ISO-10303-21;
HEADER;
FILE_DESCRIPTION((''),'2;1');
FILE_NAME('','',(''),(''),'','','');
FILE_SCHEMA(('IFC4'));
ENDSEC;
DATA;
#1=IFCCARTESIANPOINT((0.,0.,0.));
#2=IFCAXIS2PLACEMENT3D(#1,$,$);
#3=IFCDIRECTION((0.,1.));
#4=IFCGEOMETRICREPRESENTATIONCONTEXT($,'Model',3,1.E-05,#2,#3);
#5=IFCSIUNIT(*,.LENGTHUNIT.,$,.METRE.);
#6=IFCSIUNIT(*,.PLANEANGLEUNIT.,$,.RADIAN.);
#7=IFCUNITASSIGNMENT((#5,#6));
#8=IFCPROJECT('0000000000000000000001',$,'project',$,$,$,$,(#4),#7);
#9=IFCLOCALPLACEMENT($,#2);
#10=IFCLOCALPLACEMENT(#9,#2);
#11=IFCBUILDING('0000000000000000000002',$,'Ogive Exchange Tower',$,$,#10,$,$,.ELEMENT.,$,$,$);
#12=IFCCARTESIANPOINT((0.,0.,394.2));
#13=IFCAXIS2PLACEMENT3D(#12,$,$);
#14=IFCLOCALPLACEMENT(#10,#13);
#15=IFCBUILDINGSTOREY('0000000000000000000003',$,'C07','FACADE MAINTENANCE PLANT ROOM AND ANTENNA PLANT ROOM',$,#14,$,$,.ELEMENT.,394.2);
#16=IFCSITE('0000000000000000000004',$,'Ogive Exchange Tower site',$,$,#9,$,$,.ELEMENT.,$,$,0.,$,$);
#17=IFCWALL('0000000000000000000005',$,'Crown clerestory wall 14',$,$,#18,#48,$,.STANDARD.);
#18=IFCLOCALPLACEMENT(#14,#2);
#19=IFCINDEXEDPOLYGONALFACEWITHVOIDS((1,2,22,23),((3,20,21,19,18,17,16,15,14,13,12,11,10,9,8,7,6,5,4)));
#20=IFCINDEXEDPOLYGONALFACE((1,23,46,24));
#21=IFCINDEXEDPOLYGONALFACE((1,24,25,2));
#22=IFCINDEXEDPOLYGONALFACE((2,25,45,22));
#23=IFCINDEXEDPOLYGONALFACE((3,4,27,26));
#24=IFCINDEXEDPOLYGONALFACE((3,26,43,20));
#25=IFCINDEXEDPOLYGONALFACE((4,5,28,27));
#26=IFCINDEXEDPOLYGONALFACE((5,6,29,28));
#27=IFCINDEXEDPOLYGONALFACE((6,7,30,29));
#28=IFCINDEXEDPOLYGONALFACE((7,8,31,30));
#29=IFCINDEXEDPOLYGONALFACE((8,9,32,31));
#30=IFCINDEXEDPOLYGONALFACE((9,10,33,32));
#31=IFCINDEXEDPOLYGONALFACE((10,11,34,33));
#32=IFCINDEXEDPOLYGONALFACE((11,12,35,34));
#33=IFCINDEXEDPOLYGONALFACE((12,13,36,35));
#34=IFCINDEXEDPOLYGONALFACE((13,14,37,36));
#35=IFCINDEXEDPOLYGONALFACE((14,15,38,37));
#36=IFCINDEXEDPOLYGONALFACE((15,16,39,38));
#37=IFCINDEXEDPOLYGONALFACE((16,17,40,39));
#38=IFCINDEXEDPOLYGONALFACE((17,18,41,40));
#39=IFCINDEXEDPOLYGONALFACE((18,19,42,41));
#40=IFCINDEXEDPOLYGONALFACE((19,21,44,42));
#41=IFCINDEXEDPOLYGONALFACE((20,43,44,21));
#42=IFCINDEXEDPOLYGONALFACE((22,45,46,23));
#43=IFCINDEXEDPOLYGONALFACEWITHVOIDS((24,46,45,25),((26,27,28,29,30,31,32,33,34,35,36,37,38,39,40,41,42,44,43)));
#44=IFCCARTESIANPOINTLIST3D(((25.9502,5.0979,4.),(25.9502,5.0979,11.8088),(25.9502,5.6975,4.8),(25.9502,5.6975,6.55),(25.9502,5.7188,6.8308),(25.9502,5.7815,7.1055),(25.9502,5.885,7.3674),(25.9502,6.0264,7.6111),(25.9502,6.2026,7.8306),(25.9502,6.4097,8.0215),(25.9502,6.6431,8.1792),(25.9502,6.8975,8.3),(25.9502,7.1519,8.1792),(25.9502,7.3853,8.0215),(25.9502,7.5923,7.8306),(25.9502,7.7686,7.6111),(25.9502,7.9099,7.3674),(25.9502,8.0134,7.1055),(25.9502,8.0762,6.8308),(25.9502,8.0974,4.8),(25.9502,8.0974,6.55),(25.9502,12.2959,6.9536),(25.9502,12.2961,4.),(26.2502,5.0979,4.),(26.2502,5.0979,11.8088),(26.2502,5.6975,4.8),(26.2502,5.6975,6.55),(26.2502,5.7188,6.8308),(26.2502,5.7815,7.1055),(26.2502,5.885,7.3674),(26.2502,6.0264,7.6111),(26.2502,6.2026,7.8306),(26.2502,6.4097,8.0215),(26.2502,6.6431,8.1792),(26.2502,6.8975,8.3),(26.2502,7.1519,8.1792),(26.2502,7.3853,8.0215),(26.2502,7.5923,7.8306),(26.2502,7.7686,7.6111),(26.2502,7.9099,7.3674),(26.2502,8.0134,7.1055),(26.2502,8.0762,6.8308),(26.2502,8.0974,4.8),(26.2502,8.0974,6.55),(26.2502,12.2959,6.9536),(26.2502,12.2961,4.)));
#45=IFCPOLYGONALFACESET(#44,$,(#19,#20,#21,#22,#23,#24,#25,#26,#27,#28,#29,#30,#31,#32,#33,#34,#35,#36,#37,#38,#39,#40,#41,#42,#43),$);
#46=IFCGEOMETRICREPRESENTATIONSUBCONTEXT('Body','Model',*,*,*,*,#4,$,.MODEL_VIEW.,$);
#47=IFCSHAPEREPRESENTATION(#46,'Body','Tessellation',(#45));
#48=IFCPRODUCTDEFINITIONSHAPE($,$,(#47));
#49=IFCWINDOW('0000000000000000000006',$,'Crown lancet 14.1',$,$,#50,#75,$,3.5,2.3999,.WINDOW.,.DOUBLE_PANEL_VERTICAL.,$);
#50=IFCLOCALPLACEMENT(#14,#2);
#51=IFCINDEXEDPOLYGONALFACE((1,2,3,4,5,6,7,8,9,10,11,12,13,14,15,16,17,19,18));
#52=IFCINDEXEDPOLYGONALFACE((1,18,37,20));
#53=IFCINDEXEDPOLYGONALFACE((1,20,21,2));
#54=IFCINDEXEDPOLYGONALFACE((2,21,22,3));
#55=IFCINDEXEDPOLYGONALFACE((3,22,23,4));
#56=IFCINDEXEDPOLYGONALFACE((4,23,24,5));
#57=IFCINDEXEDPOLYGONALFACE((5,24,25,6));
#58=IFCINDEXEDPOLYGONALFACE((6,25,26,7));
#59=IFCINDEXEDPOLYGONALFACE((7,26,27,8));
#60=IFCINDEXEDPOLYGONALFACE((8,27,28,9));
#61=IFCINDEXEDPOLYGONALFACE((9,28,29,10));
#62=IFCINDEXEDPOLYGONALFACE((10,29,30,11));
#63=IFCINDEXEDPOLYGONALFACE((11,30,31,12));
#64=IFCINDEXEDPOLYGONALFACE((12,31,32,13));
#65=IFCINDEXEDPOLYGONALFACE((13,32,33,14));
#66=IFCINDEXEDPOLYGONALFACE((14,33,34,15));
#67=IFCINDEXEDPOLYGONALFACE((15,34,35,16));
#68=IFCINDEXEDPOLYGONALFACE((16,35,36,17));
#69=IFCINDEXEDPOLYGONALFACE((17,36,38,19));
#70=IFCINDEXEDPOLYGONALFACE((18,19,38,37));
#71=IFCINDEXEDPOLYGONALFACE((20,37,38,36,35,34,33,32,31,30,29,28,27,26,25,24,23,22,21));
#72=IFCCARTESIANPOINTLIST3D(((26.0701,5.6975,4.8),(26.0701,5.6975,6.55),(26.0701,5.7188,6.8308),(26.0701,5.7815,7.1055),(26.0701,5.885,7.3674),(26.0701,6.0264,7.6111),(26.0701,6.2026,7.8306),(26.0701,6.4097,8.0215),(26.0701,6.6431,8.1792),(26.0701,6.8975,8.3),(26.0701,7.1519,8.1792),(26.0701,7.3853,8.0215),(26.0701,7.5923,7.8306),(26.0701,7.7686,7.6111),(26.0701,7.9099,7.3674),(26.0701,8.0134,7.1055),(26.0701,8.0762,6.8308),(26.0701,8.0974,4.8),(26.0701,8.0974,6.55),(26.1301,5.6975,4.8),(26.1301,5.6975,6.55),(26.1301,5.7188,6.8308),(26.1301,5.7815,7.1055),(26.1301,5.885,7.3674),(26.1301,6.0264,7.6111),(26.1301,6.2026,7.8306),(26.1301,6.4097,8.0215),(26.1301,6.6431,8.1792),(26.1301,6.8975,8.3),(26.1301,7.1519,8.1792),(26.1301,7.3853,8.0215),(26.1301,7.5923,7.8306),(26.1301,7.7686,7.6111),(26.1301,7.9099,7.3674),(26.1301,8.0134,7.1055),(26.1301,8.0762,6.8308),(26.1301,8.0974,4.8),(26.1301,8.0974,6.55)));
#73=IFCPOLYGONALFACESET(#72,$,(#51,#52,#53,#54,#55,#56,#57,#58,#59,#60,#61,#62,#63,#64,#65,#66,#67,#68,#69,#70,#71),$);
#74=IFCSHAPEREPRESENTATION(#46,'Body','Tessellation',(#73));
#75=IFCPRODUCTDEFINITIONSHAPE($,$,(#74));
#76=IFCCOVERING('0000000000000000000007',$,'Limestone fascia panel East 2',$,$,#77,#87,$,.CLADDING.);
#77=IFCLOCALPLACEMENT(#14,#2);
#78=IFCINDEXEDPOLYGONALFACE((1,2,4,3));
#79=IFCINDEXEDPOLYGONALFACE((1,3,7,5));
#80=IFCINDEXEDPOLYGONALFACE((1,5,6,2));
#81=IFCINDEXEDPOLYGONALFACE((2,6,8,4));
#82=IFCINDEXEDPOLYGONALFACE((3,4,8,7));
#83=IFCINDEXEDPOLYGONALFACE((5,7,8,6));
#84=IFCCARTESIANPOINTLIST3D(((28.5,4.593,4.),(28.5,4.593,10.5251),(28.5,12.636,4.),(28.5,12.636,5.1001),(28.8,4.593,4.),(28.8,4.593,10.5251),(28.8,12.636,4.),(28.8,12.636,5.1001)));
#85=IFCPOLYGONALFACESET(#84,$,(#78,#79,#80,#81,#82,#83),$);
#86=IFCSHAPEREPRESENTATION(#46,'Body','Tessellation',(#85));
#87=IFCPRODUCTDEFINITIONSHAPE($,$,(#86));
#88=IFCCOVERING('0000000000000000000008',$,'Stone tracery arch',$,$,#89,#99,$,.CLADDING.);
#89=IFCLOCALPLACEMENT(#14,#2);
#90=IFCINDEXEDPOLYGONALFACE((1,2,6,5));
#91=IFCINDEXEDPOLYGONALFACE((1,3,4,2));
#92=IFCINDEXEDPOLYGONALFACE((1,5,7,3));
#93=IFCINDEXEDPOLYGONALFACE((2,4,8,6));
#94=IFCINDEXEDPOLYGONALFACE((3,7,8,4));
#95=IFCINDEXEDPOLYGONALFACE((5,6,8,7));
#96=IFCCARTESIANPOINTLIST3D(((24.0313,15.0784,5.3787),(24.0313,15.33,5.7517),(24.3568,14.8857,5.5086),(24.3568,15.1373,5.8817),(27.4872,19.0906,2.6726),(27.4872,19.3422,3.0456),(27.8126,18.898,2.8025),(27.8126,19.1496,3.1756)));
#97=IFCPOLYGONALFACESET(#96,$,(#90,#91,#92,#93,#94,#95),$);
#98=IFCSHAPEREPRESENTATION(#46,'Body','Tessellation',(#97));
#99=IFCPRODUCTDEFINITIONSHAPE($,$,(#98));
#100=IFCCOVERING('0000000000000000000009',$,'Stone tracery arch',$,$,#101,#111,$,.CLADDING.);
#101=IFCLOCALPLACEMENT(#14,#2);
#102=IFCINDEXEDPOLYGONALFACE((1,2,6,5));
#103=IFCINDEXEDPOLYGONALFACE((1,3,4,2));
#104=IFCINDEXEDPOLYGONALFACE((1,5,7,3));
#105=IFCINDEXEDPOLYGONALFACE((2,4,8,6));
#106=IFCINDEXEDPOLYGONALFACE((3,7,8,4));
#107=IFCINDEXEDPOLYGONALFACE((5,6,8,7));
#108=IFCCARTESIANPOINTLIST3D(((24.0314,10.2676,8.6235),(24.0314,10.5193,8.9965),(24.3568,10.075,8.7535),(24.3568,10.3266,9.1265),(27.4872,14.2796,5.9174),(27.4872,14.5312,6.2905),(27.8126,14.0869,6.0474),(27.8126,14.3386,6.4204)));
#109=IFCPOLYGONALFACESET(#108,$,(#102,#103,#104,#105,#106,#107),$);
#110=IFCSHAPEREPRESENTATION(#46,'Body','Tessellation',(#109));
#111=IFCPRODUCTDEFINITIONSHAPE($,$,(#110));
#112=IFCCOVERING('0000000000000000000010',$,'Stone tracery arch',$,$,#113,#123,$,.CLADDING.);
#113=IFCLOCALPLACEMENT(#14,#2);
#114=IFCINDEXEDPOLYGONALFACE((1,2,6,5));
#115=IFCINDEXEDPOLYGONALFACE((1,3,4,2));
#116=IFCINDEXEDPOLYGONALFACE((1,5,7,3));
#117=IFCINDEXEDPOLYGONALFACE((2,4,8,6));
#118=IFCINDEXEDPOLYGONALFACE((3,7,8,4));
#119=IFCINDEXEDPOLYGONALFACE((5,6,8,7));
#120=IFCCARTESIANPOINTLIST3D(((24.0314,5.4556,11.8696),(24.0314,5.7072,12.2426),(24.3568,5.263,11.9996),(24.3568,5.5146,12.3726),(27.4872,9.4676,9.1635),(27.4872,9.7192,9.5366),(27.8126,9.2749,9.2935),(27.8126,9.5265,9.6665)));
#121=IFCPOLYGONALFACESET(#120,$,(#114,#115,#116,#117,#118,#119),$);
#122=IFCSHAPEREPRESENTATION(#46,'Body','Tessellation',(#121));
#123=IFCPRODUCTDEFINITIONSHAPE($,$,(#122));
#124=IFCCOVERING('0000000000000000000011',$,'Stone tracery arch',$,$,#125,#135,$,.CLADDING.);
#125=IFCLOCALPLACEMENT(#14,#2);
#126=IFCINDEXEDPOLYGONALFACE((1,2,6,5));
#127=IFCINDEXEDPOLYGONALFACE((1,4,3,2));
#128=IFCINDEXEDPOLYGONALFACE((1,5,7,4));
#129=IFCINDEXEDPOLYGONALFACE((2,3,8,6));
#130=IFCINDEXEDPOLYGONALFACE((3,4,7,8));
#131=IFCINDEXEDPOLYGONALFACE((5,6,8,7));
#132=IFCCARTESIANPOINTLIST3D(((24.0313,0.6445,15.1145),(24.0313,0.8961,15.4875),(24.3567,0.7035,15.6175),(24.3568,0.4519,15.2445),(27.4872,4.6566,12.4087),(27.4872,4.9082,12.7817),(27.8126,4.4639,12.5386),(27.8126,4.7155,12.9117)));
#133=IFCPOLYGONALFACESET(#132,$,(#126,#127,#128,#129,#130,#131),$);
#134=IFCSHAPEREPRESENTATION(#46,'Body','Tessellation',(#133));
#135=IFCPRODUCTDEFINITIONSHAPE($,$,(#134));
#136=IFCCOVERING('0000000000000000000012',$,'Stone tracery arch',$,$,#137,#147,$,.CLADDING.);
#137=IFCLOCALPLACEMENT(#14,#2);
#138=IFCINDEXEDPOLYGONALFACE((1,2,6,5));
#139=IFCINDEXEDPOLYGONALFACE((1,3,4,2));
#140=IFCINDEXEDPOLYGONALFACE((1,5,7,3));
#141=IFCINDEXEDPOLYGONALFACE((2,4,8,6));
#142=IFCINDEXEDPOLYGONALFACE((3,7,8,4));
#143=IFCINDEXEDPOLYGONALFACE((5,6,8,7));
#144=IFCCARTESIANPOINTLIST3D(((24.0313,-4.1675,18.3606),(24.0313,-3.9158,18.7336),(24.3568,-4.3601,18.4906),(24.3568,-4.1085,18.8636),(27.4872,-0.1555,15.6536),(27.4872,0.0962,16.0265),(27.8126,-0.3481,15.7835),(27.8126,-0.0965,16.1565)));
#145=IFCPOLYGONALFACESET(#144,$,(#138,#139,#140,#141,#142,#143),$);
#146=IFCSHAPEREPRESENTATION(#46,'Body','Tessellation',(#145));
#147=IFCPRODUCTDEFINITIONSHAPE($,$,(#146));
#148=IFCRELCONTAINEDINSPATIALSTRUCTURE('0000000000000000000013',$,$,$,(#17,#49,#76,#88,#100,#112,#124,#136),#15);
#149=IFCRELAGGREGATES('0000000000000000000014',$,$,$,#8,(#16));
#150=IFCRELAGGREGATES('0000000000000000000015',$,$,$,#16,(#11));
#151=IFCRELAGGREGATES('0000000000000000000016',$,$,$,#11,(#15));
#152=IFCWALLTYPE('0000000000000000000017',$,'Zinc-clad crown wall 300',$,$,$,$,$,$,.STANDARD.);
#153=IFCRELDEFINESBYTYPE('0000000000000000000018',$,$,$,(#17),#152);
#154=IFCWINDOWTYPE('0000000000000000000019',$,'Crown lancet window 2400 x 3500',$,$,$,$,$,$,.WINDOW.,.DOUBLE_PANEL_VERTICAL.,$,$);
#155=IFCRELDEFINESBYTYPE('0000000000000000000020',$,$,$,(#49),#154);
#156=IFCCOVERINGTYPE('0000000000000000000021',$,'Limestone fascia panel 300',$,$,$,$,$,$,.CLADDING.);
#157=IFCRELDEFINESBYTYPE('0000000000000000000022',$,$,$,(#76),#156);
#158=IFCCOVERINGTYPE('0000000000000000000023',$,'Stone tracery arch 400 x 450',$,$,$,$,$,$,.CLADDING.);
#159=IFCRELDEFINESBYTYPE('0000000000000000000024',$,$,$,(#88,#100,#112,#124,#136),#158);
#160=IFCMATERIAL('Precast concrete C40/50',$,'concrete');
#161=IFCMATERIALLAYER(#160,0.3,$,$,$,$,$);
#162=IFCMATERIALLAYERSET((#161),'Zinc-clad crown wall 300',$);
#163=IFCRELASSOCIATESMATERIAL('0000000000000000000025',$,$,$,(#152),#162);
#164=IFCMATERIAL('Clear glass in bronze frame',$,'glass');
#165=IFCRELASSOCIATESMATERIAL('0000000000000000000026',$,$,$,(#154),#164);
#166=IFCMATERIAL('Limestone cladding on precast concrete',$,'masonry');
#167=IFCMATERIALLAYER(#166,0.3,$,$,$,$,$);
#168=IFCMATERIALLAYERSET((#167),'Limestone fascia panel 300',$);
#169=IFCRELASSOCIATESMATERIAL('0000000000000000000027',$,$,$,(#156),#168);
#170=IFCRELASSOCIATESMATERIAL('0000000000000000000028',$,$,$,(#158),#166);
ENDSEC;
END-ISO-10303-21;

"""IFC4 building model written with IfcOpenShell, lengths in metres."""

from ifc_helpers import new_model, si_unit, direction, frame, origin, origin_2d, place, context, subcontext, project, spatial, polyline, rectangle, outline, extrude, material, layer, layer_set, material_profile, profile_set, type_object, element, fill, save


model = new_model("IFC4")

# Units and contexts
model_context = context("Model", 3, precision=1e-05, world=origin(), true_north=direction((0.0, 1.0)))
body_context = subcontext(model_context, "Body", "Model", "MODEL_VIEW")
ifc_project = project(units=[si_unit("LENGTHUNIT", "METRE"), si_unit("PLANEANGLEUNIT", "RADIAN")], contexts=[model_context])

# Site, building, storey
site_placement = place(None, origin())
site = spatial("IfcSite", under=ifc_project, at=site_placement, Name="Ogive Exchange Tower site", CompositionType="ELEMENT", RefElevation=0.0)
building_placement = place(site_placement, origin())
building = spatial("IfcBuilding", under=site, at=building_placement, Name="Ogive Exchange Tower", CompositionType="ELEMENT")
storey_placement = place(building_placement, frame((0.0, 0.0, 394.2)))
storey = spatial("IfcBuildingStorey", under=building, at=storey_placement, Name="C07", Description="FACADE MAINTENANCE PLANT ROOM AND ANTENNA PLANT ROOM", CompositionType="ELEMENT", Elevation=394.2)

# Wall, opening, window
ifc_material_1 = material(Name="Precast concrete C40/50", Category="concrete")
ifc_layer_1 = layer(ifc_material_1, 0.3)
ifc_layer_set_1 = layer_set([ifc_layer_1], Name="Zinc-clad crown wall 300")
wall_type = type_object("IfcWallType", Name="Zinc-clad crown wall 300", PredefinedType="STANDARD", material=ifc_layer_set_1)
wall_placement = place(storey_placement, frame((26.1001, 5.0979, 4.0), z_axis=(0.0, 0.0, 1.0), x_axis=(0.0, 1.0, 0.0)))
wall = element("IfcWall", 1, at=wall_placement, inside=storey, type_object=wall_type, Name="Crown clerestory wall 14", PredefinedType="STANDARD", context=body_context, shape_type="SweptSolid", body=[
    extrude(outline(polyline([(0.0, 0.0), (7.1982, 0.0), (7.198, 2.9536), (0.0, 7.8088), (0.0, 0.0)])), frame((0.0, 0.1499, 0.0), z_axis=(0.0, -1.0, 0.0), x_axis=(1.0, 0.0, 0.0)), (0.0, 0.0, 1.0), 0.3),
])
opening_placement = place(wall_placement, frame((0.5996, 0.0, 0.8)))
opening = element("IfcOpeningElement", 2, at=opening_placement, cuts=wall, PredefinedType="OPENING", context=body_context, shape_type="SweptSolid", body=[
    extrude(outline(polyline([(0.0, 0.0), (2.3999, 0.0), (2.3999, 1.75), (2.3787, 2.0308), (2.3159, 2.3054), (2.2124, 2.5674), (2.071, 2.811), (1.8948, 3.0305), (1.6877, 3.2214), (1.4543, 3.3792), (1.2, 3.5), (0.9456, 3.3792), (0.7122, 3.2214), (0.5051, 3.0305), (0.3289, 2.811), (0.1875, 2.5674), (0.084, 2.3054), (0.0212, 2.0308), (0.0, 1.75), (0.0, 0.0)])), frame((0.0, 0.1599, 0.0), z_axis=(0.0, -1.0, 0.0), x_axis=(1.0, 0.0, 0.0)), (0.0, 0.0, 1.0), 0.3201),
])
ifc_material_2 = material(Name="Clear glass in bronze frame", Category="glass")
window_type = type_object("IfcWindowType", Name="Crown lancet window 2400 x 3500", PartitioningType="DOUBLE_PANEL_VERTICAL", PredefinedType="WINDOW", material=ifc_material_2)
window_placement = place(opening_placement, origin())
window = element("IfcWindow", 3, at=window_placement, inside=storey, type_object=window_type, Name="Crown lancet 14.1", OverallHeight=3.5, OverallWidth=2.3999, PartitioningType="DOUBLE_PANEL_VERTICAL", PredefinedType="WINDOW", context=body_context, shape_type="SweptSolid", body=[
    extrude(outline(polyline([(0.0, 0.0), (2.3999, 0.0), (2.3999, 1.75), (2.3787, 2.0308), (2.3159, 2.3054), (2.2124, 2.5674), (2.071, 2.811), (1.8948, 3.0305), (1.6877, 3.2214), (1.4543, 3.3792), (1.2, 3.5), (0.9456, 3.3792), (0.7122, 3.2214), (0.5051, 3.0305), (0.3289, 2.811), (0.1875, 2.5674), (0.084, 2.3054), (0.0212, 2.0308), (0.0, 1.75), (0.0, 0.0)])), frame((0.0, 0.03, 0.0), z_axis=(0.0, -1.0, 0.0), x_axis=(1.0, 0.0, 0.0)), (0.0, 0.0, 1.0), 0.0601),
])
fill(opening, window)

# Coverings
ifc_material_3 = material(Name="Limestone cladding on precast concrete", Category="masonry")
ifc_layer_2 = layer(ifc_material_3, 0.3)
ifc_layer_set_2 = layer_set([ifc_layer_2], Name="Limestone fascia panel 300")
covering_type_1 = type_object("IfcCoveringType", Name="Limestone fascia panel 300", PredefinedType="CLADDING", material=ifc_layer_set_2)
covering_1_placement = place(storey_placement, frame((28.5, 4.593, 10.5251), z_axis=(-1.0, 0.0, 0.0), x_axis=(0.0, 0.829038, -0.559193)))
element("IfcCovering", 4, at=covering_1_placement, inside=storey, type_object=covering_type_1, Name="Limestone fascia panel East 2", PredefinedType="CLADDING", context=body_context, shape_type="SweptSolid", body=[
    extrude(outline(polyline([(0.0, 0.0), (9.7016, 0.0), (10.3167, 0.912), (3.6488, 5.4096), (0.0, 0.0)])), origin(), (0.0, 0.0, -1.0), 0.3),
])
ifc_material_profile_1 = material_profile(ifc_material_3, rectangle(XDim=0.3999, YDim=0.45, at=origin_2d()), Name="TRACERY 400 x 450")
ifc_profile_set_1 = profile_set([ifc_material_profile_1], Name="Limestone cladding on precast concrete")
covering_type_2 = type_object("IfcCoveringType", Name="Stone tracery arch 400 x 450", PredefinedType="CLADDING", material=ifc_profile_set_1)
covering_2_placement = place(storey_placement, frame((27.6499, 19.1201, 2.9241), z_axis=(-0.581131, -0.674695, 0.455052), x_axis=(0.81381, -0.481748, 0.325011)))
element("IfcCovering", 5, at=covering_2_placement, inside=storey, type_object=covering_type_2, Name="Stone tracery arch", PredefinedType="CLADDING", context=body_context, shape_type="SweptSolid", body=[
    extrude(rectangle(XDim=0.3999, YDim=0.45, at=origin_2d()), origin(), (0.0, 0.0, 1.0), 5.9468),
])
for number, where, z_axis, x_axis, name in (
    (6, (27.6499, 14.3091, 6.1689), (-0.581148, -0.674673, 0.455065), (0.813798, -0.481769, 0.325009), "Stone tracery arch"),
    (7, (27.6499, 9.4971, 9.415), (-0.581148, -0.674673, 0.455065), (0.813798, -0.481769, 0.325009), "Stone tracery arch"),
    (8, (27.6499, 4.686, 12.6602), (-0.581158, -0.674686, 0.455032), (0.81379, -0.481778, 0.325015), "Stone tracery arch"),
):
    element("IfcCovering", number, at=place(storey_placement, frame(where, z_axis=z_axis, x_axis=x_axis)), inside=storey, type_object=covering_type_2, Name=name, PredefinedType="CLADDING", context=body_context, shape_type="SweptSolid", body=[
        extrude(rectangle(XDim=0.3999, YDim=0.45, at=origin_2d()), origin(), (0.0, 0.0, 1.0), 5.9465),
    ])
covering_3_placement = place(storey_placement, frame((27.6499, -0.126, 15.905), z_axis=(-0.581104, -0.674623, 0.455195), x_axis=(0.813829, -0.481733, 0.324985)))
element("IfcCovering", 9, at=covering_3_placement, inside=storey, type_object=covering_type_2, Name="Stone tracery arch", PredefinedType="CLADDING", context=body_context, shape_type="SweptSolid", body=[
    extrude(rectangle(XDim=0.3999, YDim=0.45, at=origin_2d()), origin(), (0.0, 0.0, 1.0), 5.947),
])

save(model, "model.ifc")
